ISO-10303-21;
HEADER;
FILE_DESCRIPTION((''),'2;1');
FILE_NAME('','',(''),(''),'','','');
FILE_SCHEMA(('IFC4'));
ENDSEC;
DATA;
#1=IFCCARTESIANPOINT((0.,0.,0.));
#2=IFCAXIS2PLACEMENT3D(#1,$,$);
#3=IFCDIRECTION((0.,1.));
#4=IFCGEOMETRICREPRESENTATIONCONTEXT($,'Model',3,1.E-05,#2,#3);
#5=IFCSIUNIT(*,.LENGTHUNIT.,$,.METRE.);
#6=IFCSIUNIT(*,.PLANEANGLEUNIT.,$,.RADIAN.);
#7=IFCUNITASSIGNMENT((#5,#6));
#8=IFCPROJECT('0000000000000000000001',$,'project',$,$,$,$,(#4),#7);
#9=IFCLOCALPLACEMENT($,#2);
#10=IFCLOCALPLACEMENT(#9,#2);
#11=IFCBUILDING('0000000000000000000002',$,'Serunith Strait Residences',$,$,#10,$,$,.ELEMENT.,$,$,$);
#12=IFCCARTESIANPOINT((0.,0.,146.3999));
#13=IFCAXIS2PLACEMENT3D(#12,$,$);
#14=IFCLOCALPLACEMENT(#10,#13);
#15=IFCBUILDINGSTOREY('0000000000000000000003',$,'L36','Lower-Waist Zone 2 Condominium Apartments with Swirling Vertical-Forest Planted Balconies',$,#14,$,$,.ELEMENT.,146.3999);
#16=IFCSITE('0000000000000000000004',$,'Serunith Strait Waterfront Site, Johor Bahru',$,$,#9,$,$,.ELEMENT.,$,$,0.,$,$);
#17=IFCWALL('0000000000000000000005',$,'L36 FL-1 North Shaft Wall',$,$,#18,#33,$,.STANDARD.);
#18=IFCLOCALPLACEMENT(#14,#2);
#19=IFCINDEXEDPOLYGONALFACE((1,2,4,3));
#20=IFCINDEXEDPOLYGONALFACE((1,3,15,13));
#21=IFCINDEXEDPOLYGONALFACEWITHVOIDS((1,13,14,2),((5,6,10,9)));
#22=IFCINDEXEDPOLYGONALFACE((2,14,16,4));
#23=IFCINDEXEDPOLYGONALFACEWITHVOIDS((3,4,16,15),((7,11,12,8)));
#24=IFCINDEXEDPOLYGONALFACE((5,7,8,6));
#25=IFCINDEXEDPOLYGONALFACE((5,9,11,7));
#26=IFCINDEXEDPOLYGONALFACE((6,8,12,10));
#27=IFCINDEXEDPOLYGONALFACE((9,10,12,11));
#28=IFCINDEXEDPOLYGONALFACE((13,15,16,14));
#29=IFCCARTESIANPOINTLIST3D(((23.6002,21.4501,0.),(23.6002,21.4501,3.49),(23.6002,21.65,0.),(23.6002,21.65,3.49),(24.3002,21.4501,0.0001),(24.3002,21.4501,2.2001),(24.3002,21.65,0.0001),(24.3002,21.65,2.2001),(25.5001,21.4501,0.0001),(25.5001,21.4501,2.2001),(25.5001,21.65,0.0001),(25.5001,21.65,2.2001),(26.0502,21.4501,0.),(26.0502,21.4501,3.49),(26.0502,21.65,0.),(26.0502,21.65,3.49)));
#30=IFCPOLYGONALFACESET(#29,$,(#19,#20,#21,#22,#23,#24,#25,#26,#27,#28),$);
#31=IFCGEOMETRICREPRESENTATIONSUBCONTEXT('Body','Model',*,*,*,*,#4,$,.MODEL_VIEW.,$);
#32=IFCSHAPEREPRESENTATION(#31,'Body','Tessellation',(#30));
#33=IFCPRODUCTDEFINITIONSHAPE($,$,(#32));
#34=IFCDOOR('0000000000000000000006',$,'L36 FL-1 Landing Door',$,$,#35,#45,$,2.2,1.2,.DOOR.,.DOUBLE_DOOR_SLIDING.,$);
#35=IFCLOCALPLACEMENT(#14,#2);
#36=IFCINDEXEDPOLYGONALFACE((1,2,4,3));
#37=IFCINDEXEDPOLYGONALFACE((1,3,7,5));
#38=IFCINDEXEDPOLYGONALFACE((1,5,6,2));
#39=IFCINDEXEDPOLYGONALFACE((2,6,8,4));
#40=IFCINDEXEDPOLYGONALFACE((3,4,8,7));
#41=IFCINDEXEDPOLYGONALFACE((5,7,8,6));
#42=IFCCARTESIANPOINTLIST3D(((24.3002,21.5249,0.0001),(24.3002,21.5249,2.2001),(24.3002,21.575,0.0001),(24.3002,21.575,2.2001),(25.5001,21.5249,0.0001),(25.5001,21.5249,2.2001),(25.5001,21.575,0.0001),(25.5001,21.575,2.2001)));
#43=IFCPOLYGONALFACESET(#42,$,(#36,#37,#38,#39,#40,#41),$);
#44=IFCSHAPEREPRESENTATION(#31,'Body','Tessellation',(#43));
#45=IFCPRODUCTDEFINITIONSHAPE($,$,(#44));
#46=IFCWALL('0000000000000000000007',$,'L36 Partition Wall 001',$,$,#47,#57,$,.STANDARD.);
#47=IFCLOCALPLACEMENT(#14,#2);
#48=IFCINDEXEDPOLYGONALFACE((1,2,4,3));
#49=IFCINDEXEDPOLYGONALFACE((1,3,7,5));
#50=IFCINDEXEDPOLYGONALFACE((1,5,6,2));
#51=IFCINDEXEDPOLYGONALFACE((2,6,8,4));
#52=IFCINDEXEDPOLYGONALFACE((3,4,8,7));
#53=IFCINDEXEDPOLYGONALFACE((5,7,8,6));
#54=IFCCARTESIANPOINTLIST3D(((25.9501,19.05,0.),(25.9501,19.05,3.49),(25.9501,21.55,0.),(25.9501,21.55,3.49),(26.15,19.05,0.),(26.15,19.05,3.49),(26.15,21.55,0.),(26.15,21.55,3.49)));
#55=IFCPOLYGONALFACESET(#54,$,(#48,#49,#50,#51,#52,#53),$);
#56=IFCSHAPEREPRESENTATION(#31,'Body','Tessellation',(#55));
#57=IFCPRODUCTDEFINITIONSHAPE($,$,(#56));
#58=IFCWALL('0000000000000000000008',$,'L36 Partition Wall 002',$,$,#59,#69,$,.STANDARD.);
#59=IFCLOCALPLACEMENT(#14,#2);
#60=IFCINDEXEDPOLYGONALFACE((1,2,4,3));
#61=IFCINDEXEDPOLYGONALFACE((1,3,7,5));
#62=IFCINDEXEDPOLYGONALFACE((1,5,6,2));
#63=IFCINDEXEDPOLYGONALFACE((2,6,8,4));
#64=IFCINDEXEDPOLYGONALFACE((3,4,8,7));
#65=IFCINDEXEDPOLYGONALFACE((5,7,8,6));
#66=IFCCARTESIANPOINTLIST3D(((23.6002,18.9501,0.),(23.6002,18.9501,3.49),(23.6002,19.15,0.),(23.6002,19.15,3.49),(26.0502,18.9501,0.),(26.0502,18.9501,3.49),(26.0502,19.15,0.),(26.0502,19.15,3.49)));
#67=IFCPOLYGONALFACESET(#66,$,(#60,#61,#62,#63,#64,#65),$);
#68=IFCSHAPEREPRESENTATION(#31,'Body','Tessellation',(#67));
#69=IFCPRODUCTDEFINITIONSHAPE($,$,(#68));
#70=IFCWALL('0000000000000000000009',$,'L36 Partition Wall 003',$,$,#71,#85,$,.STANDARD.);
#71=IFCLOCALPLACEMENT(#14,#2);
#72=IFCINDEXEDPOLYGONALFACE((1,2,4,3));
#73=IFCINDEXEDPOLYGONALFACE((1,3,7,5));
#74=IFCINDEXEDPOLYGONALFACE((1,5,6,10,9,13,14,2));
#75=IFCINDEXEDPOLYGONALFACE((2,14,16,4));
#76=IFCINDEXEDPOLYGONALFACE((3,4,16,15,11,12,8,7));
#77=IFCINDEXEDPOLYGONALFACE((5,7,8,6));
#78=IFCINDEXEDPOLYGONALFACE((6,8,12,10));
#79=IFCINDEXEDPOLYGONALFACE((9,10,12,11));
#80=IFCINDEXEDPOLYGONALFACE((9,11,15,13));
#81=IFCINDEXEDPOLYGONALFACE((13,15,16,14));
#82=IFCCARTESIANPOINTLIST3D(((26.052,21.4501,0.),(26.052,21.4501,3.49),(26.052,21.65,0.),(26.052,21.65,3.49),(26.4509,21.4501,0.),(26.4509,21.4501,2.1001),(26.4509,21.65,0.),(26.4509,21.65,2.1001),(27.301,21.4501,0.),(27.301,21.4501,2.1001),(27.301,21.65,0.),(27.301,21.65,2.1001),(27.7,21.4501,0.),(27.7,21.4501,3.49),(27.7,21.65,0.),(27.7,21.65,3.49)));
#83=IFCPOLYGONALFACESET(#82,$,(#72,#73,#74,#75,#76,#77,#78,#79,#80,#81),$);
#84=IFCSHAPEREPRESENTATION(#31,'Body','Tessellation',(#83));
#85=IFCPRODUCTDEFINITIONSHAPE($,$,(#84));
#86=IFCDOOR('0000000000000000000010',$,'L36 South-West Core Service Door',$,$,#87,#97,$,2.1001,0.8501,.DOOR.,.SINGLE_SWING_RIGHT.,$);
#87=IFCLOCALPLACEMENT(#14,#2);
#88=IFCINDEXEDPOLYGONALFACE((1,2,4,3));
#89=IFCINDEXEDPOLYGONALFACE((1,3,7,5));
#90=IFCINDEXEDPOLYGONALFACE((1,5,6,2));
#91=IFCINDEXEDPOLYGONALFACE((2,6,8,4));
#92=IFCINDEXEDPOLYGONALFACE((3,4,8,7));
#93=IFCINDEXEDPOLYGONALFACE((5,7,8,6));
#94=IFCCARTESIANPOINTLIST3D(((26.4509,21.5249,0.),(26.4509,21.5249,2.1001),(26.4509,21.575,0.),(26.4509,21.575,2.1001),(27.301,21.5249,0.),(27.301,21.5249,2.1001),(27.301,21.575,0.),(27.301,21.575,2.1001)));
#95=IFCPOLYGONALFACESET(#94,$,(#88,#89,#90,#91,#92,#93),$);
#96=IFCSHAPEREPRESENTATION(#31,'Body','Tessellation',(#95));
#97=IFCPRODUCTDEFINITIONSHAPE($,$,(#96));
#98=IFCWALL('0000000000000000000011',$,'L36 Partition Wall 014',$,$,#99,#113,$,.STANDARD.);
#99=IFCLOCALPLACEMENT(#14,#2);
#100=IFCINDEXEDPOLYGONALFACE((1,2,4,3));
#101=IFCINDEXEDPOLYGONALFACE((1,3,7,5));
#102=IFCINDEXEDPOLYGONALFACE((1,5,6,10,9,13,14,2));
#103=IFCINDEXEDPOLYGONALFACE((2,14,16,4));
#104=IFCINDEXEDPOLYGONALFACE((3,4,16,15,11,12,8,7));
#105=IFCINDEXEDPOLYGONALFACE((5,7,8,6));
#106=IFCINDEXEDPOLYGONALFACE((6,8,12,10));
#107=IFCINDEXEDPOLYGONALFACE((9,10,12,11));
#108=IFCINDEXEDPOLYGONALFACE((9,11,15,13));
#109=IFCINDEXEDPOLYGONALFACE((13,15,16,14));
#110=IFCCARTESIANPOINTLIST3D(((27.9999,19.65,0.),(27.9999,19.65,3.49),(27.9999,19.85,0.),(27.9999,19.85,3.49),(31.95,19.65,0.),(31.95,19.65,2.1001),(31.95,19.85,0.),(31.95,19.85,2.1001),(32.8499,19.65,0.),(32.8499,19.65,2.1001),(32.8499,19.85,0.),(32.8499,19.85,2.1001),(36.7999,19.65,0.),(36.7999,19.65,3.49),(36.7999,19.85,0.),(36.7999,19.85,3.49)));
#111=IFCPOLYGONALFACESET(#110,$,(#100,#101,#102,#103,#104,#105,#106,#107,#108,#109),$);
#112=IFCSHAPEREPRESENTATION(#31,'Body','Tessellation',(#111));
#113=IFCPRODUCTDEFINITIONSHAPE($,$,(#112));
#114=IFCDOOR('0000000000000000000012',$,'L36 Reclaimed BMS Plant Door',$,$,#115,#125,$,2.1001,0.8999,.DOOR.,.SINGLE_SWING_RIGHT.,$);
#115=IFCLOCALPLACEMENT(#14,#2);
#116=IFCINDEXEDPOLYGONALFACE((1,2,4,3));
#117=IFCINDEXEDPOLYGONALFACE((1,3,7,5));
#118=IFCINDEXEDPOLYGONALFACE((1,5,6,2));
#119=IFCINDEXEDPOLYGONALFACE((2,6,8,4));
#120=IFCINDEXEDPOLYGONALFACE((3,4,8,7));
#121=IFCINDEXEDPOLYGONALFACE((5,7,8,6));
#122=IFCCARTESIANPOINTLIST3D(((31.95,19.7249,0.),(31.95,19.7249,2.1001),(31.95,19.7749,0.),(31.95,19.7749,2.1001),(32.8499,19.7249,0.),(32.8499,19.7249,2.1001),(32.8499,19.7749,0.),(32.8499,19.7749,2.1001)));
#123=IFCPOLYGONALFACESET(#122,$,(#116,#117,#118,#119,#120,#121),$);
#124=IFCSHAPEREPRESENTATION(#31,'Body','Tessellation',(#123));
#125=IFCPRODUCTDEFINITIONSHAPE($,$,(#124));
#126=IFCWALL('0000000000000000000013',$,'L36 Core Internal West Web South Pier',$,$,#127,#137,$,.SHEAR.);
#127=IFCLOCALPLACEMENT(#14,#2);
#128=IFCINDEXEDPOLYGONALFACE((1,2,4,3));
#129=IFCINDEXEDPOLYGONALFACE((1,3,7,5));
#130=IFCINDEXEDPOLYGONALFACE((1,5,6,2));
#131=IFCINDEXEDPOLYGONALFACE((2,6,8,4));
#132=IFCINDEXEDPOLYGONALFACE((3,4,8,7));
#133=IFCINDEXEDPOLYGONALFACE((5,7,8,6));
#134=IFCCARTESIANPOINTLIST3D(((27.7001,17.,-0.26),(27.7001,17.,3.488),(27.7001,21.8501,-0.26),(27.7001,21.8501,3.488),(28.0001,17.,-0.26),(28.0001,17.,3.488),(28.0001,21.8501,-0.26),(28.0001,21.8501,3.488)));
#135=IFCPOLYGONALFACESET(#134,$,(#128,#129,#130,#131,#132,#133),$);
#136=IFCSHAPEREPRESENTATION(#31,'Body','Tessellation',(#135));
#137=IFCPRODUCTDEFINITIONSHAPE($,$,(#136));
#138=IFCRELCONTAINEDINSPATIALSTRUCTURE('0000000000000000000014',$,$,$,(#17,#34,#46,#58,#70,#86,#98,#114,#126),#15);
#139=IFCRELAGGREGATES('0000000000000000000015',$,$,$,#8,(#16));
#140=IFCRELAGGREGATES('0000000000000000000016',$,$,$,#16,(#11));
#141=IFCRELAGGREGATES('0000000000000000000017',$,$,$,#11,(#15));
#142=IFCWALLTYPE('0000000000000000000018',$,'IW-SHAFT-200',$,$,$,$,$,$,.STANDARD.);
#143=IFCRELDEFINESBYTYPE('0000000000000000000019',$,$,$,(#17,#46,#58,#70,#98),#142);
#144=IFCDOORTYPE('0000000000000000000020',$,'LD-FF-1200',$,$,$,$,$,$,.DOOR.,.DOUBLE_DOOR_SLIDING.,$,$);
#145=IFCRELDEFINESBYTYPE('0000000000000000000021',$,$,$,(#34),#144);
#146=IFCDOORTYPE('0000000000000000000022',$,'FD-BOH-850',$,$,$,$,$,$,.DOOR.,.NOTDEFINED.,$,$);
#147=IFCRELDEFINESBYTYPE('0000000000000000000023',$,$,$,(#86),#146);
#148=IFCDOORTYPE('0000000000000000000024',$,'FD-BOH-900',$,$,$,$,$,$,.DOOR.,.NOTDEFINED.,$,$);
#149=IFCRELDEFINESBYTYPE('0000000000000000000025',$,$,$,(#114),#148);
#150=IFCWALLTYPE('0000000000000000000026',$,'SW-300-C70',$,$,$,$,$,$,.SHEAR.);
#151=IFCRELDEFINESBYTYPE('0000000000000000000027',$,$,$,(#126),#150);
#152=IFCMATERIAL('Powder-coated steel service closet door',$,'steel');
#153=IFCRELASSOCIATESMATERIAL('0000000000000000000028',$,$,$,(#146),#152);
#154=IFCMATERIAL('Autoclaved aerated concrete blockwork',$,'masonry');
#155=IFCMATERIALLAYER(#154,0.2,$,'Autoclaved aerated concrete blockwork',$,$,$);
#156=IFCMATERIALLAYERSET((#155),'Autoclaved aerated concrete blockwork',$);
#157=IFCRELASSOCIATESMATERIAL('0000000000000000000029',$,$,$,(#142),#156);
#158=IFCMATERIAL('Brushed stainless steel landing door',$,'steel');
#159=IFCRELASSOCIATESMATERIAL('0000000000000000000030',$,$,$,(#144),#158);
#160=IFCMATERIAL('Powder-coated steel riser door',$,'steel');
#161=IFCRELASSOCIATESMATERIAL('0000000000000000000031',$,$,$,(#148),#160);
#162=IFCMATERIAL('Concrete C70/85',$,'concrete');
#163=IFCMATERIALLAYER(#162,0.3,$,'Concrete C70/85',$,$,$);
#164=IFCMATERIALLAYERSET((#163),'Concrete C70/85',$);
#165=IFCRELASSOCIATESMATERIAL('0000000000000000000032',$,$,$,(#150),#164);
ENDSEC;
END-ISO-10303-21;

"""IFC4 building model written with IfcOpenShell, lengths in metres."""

from ifc_helpers import new_model, si_unit, direction, frame, frame_2d, origin, place, context, subcontext, project, spatial, rectangle, extrude, source, transform, mapped, material, layer, layer_set, type_object, element, fill, save


model = new_model("IFC4")

# Units and contexts
model_context = context("Model", 3, precision=1e-05, world=origin(), true_north=direction((0.0, 1.0)))
body_context = subcontext(model_context, "Body", "Model", "MODEL_VIEW")
ifc_project = project(units=[si_unit("LENGTHUNIT", "METRE"), si_unit("PLANEANGLEUNIT", "RADIAN")], contexts=[model_context])

# Site, building, storey
site_placement = place(None, origin())
site = spatial("IfcSite", under=ifc_project, at=site_placement, Name="Serunith Strait Waterfront Site, Johor Bahru", CompositionType="ELEMENT", RefElevation=0.0)
building_placement = place(site_placement, origin())
building = spatial("IfcBuilding", under=site, at=building_placement, Name="Serunith Strait Residences", CompositionType="ELEMENT")
storey_placement = place(building_placement, frame((0.0, 0.0, 146.3999)))
storey = spatial("IfcBuildingStorey", under=building, at=storey_placement, Name="L36", Description="Lower-Waist Zone 2 Condominium Apartments with Swirling Vertical-Forest Planted Balconies", CompositionType="ELEMENT", Elevation=146.3999)

# Wall, opening, door
ifc_material_1 = material(Name="Powder-coated steel service closet door", Category="steel")
door_type_1 = type_object("IfcDoorType", Name="FD-BOH-850", OperationType="NOTDEFINED", PredefinedType="DOOR", material=ifc_material_1)
shared_shape_1 = source(origin(), body_context, "Body", "SweptSolid", [
    extrude(rectangle(XDim=0.8501, YDim=2.1001, at=frame_2d((0.425, 1.05))), frame((0.0, 0.0249, 0.0), z_axis=(0.0, -1.0, 0.0), x_axis=(1.0, 0.0, 0.0)), (0.0, 0.0, 1.0), 0.05),
])
shared_shape_2 = source(origin(), body_context, "Body", "SweptSolid", [
    extrude(rectangle(XDim=0.8999, YDim=2.1001, at=frame_2d((0.45, 1.05))), frame((0.0, 0.0249, 0.0), z_axis=(0.0, -1.0, 0.0), x_axis=(1.0, 0.0, 0.0)), (0.0, 0.0, 1.0), 0.05),
])
ifc_material_2 = material(Name="Autoclaved aerated concrete blockwork", Category="masonry")
ifc_layer_1 = layer(ifc_material_2, 0.2, Name="Autoclaved aerated concrete blockwork")
ifc_layer_set_1 = layer_set([ifc_layer_1], Name="Autoclaved aerated concrete blockwork")
wall_type_1 = type_object("IfcWallType", Name="IW-SHAFT-200", PredefinedType="STANDARD", material=ifc_layer_set_1)
wall_1_placement = place(storey_placement, frame((23.6001, 21.55, 0.0), z_axis=(0.0, 0.0, 1.0), x_axis=(1.0, 0.0, 0.0)))
wall_1 = element("IfcWall", 1, at=wall_1_placement, inside=storey, type_object=wall_type_1, Name="L36 FL-1 North Shaft Wall", PredefinedType="STANDARD", context=body_context, shape_type="SweptSolid", body=[
    extrude(rectangle(XDim=2.45, YDim=0.2, at=frame_2d((1.2251, 0.0))), origin(), (0.0, 0.0, 1.0), 3.49),
])
opening_1_placement = place(wall_1_placement, frame((0.7, 0.0, 0.0)))
opening_1 = element("IfcOpeningElement", 2, at=opening_1_placement, cuts=wall_1, PredefinedType="OPENING", context=body_context, shape_type="SweptSolid", body=[
    extrude(rectangle(XDim=1.2, YDim=2.2, at=frame_2d((0.6001, 1.1001))), frame((0.0, 0.1099, 0.0), z_axis=(0.0, -1.0, 0.0), x_axis=(1.0, 0.0, 0.0)), (0.0, 0.0, 1.0), 0.22),
])
ifc_material_3 = material(Name="Brushed stainless steel landing door", Category="steel")
door_type_2 = type_object("IfcDoorType", Name="LD-FF-1200", OperationType="DOUBLE_DOOR_SLIDING", PredefinedType="DOOR", material=ifc_material_3)
shared_shape_3 = source(origin(), body_context, "Body", "SweptSolid", [
    extrude(rectangle(XDim=1.2, YDim=2.2, at=frame_2d((0.6001, 1.1001))), frame((0.0, 0.0249, 0.0), z_axis=(0.0, -1.0, 0.0), x_axis=(1.0, 0.0, 0.0)), (0.0, 0.0, 1.0), 0.05),
])
door_1_placement = place(opening_1_placement, origin())
door_1 = element("IfcDoor", 3, at=door_1_placement, inside=storey, type_object=door_type_2, Name="L36 FL-1 Landing Door", OperationType="DOUBLE_DOOR_SLIDING", OverallHeight=2.2, OverallWidth=1.2, PredefinedType="DOOR", context=body_context, shape_type="MappedRepresentation", body=[
    mapped(shared_shape_3, transform((0.0, 0.0, 0.0), scale=1.0)),
])
fill(opening_1, door_1)

# Walls
wall_2_placement = place(storey_placement, frame((26.05, 19.05, 0.0), z_axis=(0.0, 0.0, 1.0), x_axis=(0.0, 1.0, 0.0)))
element("IfcWall", 4, at=wall_2_placement, inside=storey, type_object=wall_type_1, Name="L36 Partition Wall 001", PredefinedType="STANDARD", context=body_context, shape_type="SweptSolid", body=[
    extrude(rectangle(XDim=2.5, YDim=0.2, at=frame_2d((1.25, 0.0))), origin(), (0.0, 0.0, 1.0), 3.49),
])
wall_3_placement = place(storey_placement, frame((23.6001, 19.05, 0.0), z_axis=(0.0, 0.0, 1.0), x_axis=(1.0, 0.0, 0.0)))
element("IfcWall", 5, at=wall_3_placement, inside=storey, type_object=wall_type_1, Name="L36 Partition Wall 002", PredefinedType="STANDARD", context=body_context, shape_type="SweptSolid", body=[
    extrude(rectangle(XDim=2.45, YDim=0.2, at=frame_2d((1.2251, 0.0))), origin(), (0.0, 0.0, 1.0), 3.49),
])

# Walls, openings, doors
wall_4_placement = place(storey_placement, frame((26.052, 21.55, 0.0), z_axis=(0.0, 0.0, 1.0), x_axis=(1.0, 0.0, 0.0)))
wall_4 = element("IfcWall", 6, at=wall_4_placement, inside=storey, type_object=wall_type_1, Name="L36 Partition Wall 003", PredefinedType="STANDARD", context=body_context, shape_type="SweptSolid", body=[
    extrude(rectangle(XDim=1.6479, YDim=0.2, at=frame_2d((0.824, 0.0))), origin(), (0.0, 0.0, 1.0), 3.49),
])
opening_2_placement = place(wall_4_placement, frame((0.3989, 0.0, 0.0)))
opening_2 = element("IfcOpeningElement", 7, at=opening_2_placement, cuts=wall_4, PredefinedType="OPENING", context=body_context, shape_type="SweptSolid", body=[
    extrude(rectangle(XDim=0.8501, YDim=2.1001, at=frame_2d((0.425, 1.05))), frame((0.0, 0.1099, 0.0), z_axis=(0.0, -1.0, 0.0), x_axis=(1.0, 0.0, 0.0)), (0.0, 0.0, 1.0), 0.22),
])
door_2_placement = place(opening_2_placement, origin())
door_2 = element("IfcDoor", 8, at=door_2_placement, inside=storey, type_object=door_type_1, Name="L36 South-West Core Service Door", OperationType="SINGLE_SWING_RIGHT", OverallHeight=2.1001, OverallWidth=0.8501, PredefinedType="DOOR", context=body_context, shape_type="MappedRepresentation", body=[
    mapped(shared_shape_1, transform((0.0, 0.0, 0.0), scale=1.0)),
])
fill(opening_2, door_2)
wall_5_placement = place(storey_placement, frame((28.0, 19.75, 0.0), z_axis=(0.0, 0.0, 1.0), x_axis=(1.0, 0.0, 0.0)))
wall_5 = element("IfcWall", 9, at=wall_5_placement, inside=storey, type_object=wall_type_1, Name="L36 Partition Wall 014", PredefinedType="STANDARD", context=body_context, shape_type="SweptSolid", body=[
    extrude(rectangle(XDim=8.8, YDim=0.2, at=frame_2d((4.3999, 0.0))), origin(), (0.0, 0.0, 1.0), 3.49),
])
opening_3_placement = place(wall_5_placement, frame((3.95, 0.0, 0.0)))
opening_3 = element("IfcOpeningElement", 10, at=opening_3_placement, cuts=wall_5, PredefinedType="OPENING", context=body_context, shape_type="SweptSolid", body=[
    extrude(rectangle(XDim=0.8999, YDim=2.1001, at=frame_2d((0.45, 1.05))), frame((0.0, 0.1099, 0.0), z_axis=(0.0, -1.0, 0.0), x_axis=(1.0, 0.0, 0.0)), (0.0, 0.0, 1.0), 0.22),
])
ifc_material_4 = material(Name="Powder-coated steel riser door", Category="steel")
door_type_3 = type_object("IfcDoorType", Name="FD-BOH-900", OperationType="NOTDEFINED", PredefinedType="DOOR", material=ifc_material_4)
door_3_placement = place(opening_3_placement, origin())
door_3 = element("IfcDoor", 11, at=door_3_placement, inside=storey, type_object=door_type_3, Name="L36 Reclaimed BMS Plant Door", OperationType="SINGLE_SWING_RIGHT", OverallHeight=2.1001, OverallWidth=0.8999, PredefinedType="DOOR", context=body_context, shape_type="MappedRepresentation", body=[
    mapped(shared_shape_2, transform((0.0, 0.0, 0.0), scale=1.0)),
])
fill(opening_3, door_3)

# Wall
ifc_material_5 = material(Name="Concrete C70/85", Category="concrete")
ifc_layer_2 = layer(ifc_material_5, 0.3, Name="Concrete C70/85")
ifc_layer_set_2 = layer_set([ifc_layer_2], Name="Concrete C70/85")
wall_type_2 = type_object("IfcWallType", Name="SW-300-C70", PredefinedType="SHEAR", material=ifc_layer_set_2)
wall_6_placement = place(storey_placement, frame((27.8501, 17.0, -0.26), z_axis=(0.0, 0.0, 1.0), x_axis=(0.0, 1.0, 0.0)))
element("IfcWall", 12, at=wall_6_placement, inside=storey, type_object=wall_type_2, Name="L36 Core Internal West Web South Pier", PredefinedType="SHEAR", context=body_context, shape_type="SweptSolid", body=[
    extrude(rectangle(XDim=4.8501, YDim=0.3, at=frame_2d((2.425, 0.0))), origin(), (0.0, 0.0, 1.0), 3.748),
])

save(model, "model.ifc")
